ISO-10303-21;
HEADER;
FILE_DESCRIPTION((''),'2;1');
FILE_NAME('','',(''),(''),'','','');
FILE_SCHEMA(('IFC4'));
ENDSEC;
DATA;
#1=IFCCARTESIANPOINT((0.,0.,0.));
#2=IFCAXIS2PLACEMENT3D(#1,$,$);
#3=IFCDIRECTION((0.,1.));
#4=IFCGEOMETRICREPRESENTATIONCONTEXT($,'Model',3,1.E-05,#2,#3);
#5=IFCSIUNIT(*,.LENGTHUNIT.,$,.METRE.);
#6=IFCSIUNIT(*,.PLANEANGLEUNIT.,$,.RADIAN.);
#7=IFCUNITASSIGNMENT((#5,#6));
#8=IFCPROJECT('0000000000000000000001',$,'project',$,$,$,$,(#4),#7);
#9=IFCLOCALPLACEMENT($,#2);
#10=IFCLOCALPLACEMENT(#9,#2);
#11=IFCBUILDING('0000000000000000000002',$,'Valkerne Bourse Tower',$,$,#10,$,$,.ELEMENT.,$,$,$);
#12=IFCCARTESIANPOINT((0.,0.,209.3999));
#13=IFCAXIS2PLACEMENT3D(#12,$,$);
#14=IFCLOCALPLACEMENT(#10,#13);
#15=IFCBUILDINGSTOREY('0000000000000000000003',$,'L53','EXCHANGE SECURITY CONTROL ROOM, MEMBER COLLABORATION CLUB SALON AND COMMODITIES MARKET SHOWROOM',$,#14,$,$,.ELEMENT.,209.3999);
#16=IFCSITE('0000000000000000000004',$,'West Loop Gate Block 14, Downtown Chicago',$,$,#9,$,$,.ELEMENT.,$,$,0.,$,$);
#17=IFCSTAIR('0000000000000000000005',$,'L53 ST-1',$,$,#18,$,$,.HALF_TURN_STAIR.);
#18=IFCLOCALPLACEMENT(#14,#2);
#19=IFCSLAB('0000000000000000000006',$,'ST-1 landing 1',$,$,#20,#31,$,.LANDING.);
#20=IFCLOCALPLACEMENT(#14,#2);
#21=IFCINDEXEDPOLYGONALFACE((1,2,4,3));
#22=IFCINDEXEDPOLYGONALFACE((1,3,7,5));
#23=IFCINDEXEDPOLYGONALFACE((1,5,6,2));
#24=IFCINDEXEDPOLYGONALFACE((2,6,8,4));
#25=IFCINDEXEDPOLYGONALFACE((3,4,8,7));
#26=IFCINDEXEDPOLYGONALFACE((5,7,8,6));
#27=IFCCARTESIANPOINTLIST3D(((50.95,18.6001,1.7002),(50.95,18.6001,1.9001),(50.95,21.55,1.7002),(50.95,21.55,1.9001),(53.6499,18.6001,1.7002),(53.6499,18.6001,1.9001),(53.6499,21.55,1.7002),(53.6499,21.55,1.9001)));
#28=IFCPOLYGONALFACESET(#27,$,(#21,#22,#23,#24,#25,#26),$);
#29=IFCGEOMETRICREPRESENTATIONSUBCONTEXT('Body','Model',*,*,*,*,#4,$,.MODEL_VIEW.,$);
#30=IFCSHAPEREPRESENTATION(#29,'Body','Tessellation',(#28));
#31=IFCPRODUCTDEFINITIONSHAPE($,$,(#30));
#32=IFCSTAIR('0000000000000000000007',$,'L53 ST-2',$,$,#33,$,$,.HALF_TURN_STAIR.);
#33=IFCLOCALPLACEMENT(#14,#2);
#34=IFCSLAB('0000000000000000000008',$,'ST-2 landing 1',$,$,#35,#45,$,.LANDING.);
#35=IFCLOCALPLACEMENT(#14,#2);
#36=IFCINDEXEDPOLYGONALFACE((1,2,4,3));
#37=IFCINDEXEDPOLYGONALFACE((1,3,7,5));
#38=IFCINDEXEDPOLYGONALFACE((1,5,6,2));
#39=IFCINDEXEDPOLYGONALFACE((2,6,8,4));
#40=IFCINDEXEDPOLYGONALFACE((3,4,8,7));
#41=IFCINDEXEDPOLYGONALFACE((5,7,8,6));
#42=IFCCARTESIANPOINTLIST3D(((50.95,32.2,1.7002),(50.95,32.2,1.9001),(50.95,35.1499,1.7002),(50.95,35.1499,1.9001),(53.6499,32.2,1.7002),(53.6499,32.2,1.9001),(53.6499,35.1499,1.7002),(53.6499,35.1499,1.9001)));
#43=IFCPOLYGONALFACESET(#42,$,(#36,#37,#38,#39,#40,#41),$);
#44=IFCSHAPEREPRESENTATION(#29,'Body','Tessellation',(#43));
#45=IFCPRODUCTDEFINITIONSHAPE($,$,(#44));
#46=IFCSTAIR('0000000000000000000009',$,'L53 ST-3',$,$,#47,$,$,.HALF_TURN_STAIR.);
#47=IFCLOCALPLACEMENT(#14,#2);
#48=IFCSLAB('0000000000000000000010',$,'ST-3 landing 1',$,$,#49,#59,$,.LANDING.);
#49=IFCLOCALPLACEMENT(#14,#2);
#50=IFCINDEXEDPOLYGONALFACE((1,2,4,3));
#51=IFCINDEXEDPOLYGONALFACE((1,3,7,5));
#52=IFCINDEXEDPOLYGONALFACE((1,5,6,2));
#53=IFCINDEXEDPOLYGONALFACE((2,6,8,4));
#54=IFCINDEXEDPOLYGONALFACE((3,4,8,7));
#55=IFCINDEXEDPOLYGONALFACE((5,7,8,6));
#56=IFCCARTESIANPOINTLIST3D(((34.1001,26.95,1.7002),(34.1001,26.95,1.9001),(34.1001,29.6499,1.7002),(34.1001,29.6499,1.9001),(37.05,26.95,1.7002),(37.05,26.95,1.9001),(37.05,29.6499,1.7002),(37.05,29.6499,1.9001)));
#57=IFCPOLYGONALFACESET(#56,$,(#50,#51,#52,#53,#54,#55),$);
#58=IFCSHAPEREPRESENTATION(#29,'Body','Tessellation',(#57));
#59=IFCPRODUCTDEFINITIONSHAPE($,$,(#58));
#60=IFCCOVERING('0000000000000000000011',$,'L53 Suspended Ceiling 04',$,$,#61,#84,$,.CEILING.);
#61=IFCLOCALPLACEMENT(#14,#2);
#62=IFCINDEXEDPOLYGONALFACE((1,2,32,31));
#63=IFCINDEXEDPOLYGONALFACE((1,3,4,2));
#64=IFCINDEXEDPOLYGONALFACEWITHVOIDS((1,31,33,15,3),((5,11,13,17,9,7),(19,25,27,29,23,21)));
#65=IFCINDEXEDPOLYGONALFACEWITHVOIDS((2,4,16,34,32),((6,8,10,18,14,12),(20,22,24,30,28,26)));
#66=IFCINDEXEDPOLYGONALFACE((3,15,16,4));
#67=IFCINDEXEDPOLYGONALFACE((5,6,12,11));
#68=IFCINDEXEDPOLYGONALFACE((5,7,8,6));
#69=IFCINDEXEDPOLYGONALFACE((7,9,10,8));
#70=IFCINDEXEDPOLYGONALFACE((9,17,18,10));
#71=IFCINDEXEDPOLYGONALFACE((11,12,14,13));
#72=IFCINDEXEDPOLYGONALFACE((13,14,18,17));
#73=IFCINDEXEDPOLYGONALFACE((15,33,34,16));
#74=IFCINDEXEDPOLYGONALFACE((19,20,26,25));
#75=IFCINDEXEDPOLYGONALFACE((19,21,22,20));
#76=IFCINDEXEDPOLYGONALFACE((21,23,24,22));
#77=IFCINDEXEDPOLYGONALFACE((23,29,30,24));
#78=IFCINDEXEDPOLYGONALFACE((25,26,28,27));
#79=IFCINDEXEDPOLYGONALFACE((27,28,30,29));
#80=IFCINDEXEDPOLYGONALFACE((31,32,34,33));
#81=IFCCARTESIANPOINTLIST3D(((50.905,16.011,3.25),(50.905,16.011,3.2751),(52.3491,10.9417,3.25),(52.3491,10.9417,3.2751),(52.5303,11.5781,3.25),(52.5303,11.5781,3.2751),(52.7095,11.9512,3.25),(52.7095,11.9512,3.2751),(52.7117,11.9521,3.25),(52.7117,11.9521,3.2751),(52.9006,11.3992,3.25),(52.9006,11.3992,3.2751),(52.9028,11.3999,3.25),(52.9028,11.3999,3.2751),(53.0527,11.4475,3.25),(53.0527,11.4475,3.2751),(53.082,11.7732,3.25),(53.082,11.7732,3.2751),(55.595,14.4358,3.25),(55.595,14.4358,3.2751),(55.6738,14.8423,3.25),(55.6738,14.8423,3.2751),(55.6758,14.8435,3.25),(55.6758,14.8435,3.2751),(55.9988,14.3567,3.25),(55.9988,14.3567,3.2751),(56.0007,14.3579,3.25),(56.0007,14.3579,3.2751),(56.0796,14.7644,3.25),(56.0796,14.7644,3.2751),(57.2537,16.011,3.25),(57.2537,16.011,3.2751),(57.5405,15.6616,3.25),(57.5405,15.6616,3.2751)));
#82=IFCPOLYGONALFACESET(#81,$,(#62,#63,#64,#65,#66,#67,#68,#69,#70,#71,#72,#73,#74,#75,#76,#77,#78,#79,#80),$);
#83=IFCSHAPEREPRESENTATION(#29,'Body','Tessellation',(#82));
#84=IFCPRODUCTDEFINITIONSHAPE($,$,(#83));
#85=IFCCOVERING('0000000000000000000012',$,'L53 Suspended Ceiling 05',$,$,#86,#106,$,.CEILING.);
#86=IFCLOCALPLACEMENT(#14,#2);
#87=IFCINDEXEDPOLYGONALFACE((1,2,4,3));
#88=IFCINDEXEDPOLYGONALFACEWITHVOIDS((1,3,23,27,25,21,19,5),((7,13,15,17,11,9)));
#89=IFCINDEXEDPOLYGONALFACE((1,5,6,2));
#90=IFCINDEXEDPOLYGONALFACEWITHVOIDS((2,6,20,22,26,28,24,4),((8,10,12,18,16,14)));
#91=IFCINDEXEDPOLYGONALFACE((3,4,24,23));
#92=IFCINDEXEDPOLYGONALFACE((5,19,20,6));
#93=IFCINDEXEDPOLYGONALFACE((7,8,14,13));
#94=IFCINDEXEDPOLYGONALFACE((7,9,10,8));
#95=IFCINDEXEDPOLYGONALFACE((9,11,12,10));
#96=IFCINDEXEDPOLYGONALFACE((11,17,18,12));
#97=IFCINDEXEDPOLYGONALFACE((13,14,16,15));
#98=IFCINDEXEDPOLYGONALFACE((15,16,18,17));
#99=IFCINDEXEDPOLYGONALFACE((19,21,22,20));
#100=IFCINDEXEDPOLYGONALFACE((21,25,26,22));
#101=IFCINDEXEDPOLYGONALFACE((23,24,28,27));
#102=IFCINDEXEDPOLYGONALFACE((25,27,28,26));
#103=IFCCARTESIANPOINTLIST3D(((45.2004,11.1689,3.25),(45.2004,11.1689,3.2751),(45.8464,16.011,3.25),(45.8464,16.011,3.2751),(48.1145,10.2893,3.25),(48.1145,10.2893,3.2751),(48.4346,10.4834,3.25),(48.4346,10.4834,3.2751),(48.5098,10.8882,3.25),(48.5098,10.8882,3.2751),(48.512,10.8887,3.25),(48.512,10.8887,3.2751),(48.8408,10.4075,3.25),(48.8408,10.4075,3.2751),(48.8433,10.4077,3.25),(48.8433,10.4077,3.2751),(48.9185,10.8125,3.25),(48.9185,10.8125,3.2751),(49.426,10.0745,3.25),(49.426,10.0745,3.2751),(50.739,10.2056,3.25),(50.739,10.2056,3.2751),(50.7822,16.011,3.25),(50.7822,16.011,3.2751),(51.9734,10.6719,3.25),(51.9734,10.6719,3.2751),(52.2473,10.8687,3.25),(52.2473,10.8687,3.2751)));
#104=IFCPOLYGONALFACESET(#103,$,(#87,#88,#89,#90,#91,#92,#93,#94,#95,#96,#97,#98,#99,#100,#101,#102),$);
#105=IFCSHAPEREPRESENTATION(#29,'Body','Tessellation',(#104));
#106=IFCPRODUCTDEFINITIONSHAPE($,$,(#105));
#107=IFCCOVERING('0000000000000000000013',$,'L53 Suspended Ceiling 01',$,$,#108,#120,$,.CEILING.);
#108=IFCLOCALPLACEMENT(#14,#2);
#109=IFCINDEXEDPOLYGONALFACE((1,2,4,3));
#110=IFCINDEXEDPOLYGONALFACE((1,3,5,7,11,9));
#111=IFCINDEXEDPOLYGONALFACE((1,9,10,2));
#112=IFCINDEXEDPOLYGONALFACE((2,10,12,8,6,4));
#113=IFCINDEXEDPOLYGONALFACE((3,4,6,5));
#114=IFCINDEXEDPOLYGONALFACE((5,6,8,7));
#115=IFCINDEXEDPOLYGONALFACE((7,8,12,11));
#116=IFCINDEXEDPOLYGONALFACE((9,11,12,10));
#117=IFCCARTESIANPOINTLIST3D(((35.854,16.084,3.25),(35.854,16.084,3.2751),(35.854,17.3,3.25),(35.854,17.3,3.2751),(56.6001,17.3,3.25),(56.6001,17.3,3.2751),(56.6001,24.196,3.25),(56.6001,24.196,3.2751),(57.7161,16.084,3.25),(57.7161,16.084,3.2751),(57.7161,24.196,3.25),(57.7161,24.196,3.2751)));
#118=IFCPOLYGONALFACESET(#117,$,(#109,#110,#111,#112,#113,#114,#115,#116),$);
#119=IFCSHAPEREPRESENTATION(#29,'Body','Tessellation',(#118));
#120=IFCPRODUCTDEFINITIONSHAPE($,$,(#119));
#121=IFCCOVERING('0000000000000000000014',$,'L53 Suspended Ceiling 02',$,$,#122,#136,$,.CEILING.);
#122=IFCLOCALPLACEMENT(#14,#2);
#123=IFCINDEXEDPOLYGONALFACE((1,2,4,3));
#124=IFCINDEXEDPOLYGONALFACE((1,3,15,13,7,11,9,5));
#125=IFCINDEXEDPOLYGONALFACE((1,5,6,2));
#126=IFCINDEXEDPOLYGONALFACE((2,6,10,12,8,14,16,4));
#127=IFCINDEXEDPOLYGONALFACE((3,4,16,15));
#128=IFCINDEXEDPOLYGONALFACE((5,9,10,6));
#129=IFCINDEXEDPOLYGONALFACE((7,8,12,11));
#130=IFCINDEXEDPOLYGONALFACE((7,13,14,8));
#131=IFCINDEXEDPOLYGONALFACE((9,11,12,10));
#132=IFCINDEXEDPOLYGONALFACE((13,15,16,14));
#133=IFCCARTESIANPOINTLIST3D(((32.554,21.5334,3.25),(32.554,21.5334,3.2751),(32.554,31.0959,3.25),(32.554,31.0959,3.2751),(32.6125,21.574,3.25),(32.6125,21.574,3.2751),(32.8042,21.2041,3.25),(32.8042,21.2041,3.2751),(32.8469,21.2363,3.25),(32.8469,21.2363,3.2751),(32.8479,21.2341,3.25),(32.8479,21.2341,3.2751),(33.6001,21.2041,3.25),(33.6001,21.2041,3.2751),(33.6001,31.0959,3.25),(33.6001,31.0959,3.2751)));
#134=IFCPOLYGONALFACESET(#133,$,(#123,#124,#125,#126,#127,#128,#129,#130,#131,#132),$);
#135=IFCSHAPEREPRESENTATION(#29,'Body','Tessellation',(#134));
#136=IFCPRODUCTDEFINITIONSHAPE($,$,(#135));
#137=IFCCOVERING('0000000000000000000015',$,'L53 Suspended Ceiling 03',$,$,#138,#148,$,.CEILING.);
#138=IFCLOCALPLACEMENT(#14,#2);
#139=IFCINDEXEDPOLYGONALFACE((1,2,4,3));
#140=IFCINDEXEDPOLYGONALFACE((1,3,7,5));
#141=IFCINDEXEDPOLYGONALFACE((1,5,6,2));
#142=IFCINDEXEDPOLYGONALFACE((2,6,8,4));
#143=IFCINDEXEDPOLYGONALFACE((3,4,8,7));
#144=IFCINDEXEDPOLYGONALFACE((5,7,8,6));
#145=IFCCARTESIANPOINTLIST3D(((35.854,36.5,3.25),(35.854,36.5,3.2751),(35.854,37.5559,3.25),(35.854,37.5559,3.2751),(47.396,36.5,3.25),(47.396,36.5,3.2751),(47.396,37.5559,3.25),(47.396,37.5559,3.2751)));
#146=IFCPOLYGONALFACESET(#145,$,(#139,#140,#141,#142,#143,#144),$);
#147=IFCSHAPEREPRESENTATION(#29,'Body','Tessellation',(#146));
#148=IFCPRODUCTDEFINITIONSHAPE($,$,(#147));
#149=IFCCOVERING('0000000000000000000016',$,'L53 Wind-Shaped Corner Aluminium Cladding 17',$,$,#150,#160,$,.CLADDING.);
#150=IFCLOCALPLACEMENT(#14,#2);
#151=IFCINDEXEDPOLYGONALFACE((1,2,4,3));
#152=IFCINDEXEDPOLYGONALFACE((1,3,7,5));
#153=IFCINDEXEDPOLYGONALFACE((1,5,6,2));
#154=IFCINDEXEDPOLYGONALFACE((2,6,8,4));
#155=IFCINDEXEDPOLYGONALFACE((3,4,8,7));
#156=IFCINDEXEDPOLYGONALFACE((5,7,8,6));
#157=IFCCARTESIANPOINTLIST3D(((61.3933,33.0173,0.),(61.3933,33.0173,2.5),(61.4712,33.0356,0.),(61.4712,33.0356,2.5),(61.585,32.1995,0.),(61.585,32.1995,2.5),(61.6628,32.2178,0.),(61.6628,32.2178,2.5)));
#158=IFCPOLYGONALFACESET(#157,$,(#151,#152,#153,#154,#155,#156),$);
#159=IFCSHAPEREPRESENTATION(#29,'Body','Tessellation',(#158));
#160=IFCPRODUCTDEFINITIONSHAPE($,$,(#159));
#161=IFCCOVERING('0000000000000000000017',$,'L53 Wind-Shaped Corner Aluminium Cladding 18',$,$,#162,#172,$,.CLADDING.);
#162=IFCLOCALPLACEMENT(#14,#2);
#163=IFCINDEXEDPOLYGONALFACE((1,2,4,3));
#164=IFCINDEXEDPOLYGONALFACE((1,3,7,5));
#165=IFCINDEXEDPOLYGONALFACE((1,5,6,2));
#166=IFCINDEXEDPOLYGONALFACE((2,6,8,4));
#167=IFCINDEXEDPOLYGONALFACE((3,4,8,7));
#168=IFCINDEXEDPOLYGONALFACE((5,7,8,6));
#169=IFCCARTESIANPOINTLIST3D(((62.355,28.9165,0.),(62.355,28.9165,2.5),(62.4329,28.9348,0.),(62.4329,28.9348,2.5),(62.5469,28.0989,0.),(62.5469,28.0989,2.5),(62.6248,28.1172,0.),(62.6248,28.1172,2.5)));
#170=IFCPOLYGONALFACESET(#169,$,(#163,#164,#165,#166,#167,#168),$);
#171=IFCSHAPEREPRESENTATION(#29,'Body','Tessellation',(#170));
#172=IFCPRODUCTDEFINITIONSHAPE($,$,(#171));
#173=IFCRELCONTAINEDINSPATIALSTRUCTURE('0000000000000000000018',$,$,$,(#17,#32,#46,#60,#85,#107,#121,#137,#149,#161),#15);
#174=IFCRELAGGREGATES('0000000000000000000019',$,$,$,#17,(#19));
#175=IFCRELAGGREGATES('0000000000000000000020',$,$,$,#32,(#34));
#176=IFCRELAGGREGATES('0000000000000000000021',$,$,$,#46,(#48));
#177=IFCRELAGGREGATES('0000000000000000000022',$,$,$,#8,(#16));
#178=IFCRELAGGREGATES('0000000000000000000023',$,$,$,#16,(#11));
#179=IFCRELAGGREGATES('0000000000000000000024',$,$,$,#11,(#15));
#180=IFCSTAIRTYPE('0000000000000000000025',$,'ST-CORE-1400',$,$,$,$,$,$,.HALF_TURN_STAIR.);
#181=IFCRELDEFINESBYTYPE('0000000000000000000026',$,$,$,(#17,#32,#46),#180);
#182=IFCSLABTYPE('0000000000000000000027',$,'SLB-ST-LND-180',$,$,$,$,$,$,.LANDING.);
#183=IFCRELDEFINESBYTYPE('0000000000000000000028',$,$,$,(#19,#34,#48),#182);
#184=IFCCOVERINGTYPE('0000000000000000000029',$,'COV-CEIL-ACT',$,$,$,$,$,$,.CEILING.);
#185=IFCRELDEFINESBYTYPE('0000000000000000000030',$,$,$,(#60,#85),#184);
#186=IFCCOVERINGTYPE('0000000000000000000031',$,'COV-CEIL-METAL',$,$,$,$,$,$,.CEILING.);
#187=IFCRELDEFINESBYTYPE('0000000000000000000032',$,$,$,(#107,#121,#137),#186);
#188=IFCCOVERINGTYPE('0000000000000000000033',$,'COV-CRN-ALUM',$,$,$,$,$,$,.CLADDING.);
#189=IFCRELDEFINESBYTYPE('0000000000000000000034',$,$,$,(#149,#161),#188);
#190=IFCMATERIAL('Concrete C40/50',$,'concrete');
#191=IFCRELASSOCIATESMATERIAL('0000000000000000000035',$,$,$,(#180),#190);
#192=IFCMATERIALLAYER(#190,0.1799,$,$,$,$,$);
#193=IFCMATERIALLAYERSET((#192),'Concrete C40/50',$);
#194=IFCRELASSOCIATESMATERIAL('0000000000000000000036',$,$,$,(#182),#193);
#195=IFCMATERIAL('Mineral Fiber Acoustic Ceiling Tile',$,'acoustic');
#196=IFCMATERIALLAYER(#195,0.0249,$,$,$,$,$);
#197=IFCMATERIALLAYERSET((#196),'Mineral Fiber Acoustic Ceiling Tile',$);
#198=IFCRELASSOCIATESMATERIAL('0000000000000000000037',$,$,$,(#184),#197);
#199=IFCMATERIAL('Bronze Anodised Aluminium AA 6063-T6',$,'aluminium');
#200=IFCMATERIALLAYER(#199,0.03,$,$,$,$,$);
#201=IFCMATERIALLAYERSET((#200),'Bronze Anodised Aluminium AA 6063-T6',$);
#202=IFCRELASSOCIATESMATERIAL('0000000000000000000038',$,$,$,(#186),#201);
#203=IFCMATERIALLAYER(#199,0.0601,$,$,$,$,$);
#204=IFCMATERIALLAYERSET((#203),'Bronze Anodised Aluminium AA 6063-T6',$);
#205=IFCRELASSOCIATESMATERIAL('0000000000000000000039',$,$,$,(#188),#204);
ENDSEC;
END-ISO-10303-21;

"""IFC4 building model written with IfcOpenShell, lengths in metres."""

from ifc_helpers import new_model, si_unit, direction, frame, origin, place, context, subcontext, project, spatial, polyline, outline, extrude, material, layer, layer_set, type_object, element, aggregate, save


model = new_model("IFC4")

# Units and contexts
model_context = context("Model", 3, precision=1e-05, world=origin(), true_north=direction((0.0, 1.0)))
body_context = subcontext(model_context, "Body", "Model", "MODEL_VIEW")
ifc_project = project(units=[si_unit("LENGTHUNIT", "METRE"), si_unit("PLANEANGLEUNIT", "RADIAN")], contexts=[model_context])

# Site, building, storey
site_placement = place(None, origin())
site = spatial("IfcSite", under=ifc_project, at=site_placement, Name="West Loop Gate Block 14, Downtown Chicago", CompositionType="ELEMENT", RefElevation=0.0)
building_placement = place(site_placement, origin())
building = spatial("IfcBuilding", under=site, at=building_placement, Name="Valkerne Bourse Tower", CompositionType="ELEMENT")
storey_placement = place(building_placement, frame((0.0, 0.0, 209.3999)))
storey = spatial("IfcBuildingStorey", under=building, at=storey_placement, Name="L53", Description="EXCHANGE SECURITY CONTROL ROOM, MEMBER COLLABORATION CLUB SALON AND COMMODITIES MARKET SHOWROOM", CompositionType="ELEMENT", Elevation=209.3999)

# Stairs, slabs
ifc_material_1 = material(Name="Concrete C40/50", Category="concrete")
stair_type = type_object("IfcStairType", Name="ST-CORE-1400", PredefinedType="HALF_TURN_STAIR", material=ifc_material_1)
stair_1_placement = place(storey_placement, origin())
stair_1 = element("IfcStair", 1, at=stair_1_placement, inside=storey, type_object=stair_type, Name="L53 ST-1", PredefinedType="HALF_TURN_STAIR")
ifc_layer_1 = layer(ifc_material_1, 0.1799)
ifc_layer_set_1 = layer_set([ifc_layer_1], Name="Concrete C40/50")
slab_type = type_object("IfcSlabType", Name="SLB-ST-LND-180", PredefinedType="LANDING", material=ifc_layer_set_1)
slab_1_placement = place(storey_placement, frame((0.0, 0.0, 1.7002)))
slab_1 = element("IfcSlab", 2, at=slab_1_placement, type_object=slab_type, Name="ST-1 landing 1", PredefinedType="LANDING", context=body_context, shape_type="SweptSolid", body=[
    extrude(outline(polyline([(50.95, 18.6001), (53.6499, 18.6001), (53.6499, 21.55), (50.95, 21.55), (50.95, 18.6001)])), origin(), (0.0, 0.0, 1.0), 0.2),
])
aggregate(stair_1, [slab_1])
stair_2_placement = place(storey_placement, origin())
stair_2 = element("IfcStair", 3, at=stair_2_placement, inside=storey, type_object=stair_type, Name="L53 ST-2", PredefinedType="HALF_TURN_STAIR")
slab_2_placement = place(storey_placement, frame((0.0, 0.0, 1.7002)))
slab_2 = element("IfcSlab", 4, at=slab_2_placement, type_object=slab_type, Name="ST-2 landing 1", PredefinedType="LANDING", context=body_context, shape_type="SweptSolid", body=[
    extrude(outline(polyline([(50.95, 32.2), (53.6499, 32.2), (53.6499, 35.1499), (50.95, 35.1499), (50.95, 32.2)])), origin(), (0.0, 0.0, 1.0), 0.2),
])
aggregate(stair_2, [slab_2])
stair_3_placement = place(storey_placement, origin())
stair_3 = element("IfcStair", 5, at=stair_3_placement, inside=storey, type_object=stair_type, Name="L53 ST-3", PredefinedType="HALF_TURN_STAIR")
slab_3_placement = place(storey_placement, frame((0.0, 0.0, 1.7002)))
slab_3 = element("IfcSlab", 6, at=slab_3_placement, type_object=slab_type, Name="ST-3 landing 1", PredefinedType="LANDING", context=body_context, shape_type="SweptSolid", body=[
    extrude(outline(polyline([(37.05, 26.95), (37.05, 29.6499), (34.1001, 29.6499), (34.1001, 26.95), (37.05, 26.95)])), origin(), (0.0, 0.0, 1.0), 0.2),
])
aggregate(stair_3, [slab_3])

# Coverings
ifc_material_2 = material(Name="Mineral Fiber Acoustic Ceiling Tile", Category="acoustic")
ifc_layer_2 = layer(ifc_material_2, 0.0249)
ifc_layer_set_2 = layer_set([ifc_layer_2], Name="Mineral Fiber Acoustic Ceiling Tile")
covering_type_1 = type_object("IfcCoveringType", Name="COV-CEIL-ACT", PredefinedType="CEILING", material=ifc_layer_set_2)
covering_1_placement = place(storey_placement, frame((0.0, 0.0, 3.25)))
element("IfcCovering", 7, at=covering_1_placement, inside=storey, type_object=covering_type_1, Name="L53 Suspended Ceiling 04", PredefinedType="CEILING", context=body_context, shape_type="SweptSolid", body=[
    extrude(outline(polyline([(50.905, 16.011), (57.2537, 16.011), (57.5405, 15.6616), (53.0527, 11.4475), (52.3491, 10.9417), (50.905, 16.011)]), holes=[polyline([(53.082, 11.7732), (52.7117, 11.9521), (52.7095, 11.9512), (52.5303, 11.5781), (52.9006, 11.3992), (52.9028, 11.3999), (53.082, 11.7732)]), polyline([(56.0796, 14.7644), (55.6758, 14.8435), (55.6738, 14.8423), (55.595, 14.4358), (55.9988, 14.3567), (56.0007, 14.3579), (56.0796, 14.7644)])]), origin(), (0.0, 0.0, 1.0), 0.0251),
])
covering_2_placement = place(storey_placement, frame((0.0, 0.0, 3.25)))
element("IfcCovering", 8, at=covering_2_placement, inside=storey, type_object=covering_type_1, Name="L53 Suspended Ceiling 05", PredefinedType="CEILING", context=body_context, shape_type="SweptSolid", body=[
    extrude(outline(polyline([(49.426, 10.0745), (48.1145, 10.2893), (45.2004, 11.1689), (45.8464, 16.011), (50.7822, 16.011), (52.2473, 10.8687), (51.9734, 10.6719), (50.739, 10.2056), (49.426, 10.0745)]), holes=[polyline([(48.9185, 10.8125), (48.512, 10.8887), (48.5098, 10.8882), (48.4346, 10.4834), (48.8408, 10.4075), (48.8433, 10.4077), (48.9185, 10.8125)])]), origin(), (0.0, 0.0, 1.0), 0.0251),
])
ifc_material_3 = material(Name="Bronze Anodised Aluminium AA 6063-T6", Category="aluminium")
ifc_layer_3 = layer(ifc_material_3, 0.03)
ifc_layer_set_3 = layer_set([ifc_layer_3], Name="Bronze Anodised Aluminium AA 6063-T6")
covering_type_2 = type_object("IfcCoveringType", Name="COV-CEIL-METAL", PredefinedType="CEILING", material=ifc_layer_set_3)
covering_3_placement = place(storey_placement, frame((0.0, 0.0, 3.25)))
element("IfcCovering", 9, at=covering_3_placement, inside=storey, type_object=covering_type_2, Name="L53 Suspended Ceiling 01", PredefinedType="CEILING", context=body_context, shape_type="SweptSolid", body=[
    extrude(outline(polyline([(35.854, 17.3), (56.6001, 17.3), (56.6001, 24.196), (57.7161, 24.196), (57.7161, 16.084), (35.854, 16.084), (35.854, 17.3)])), origin(), (0.0, 0.0, 1.0), 0.0251),
])
covering_4_placement = place(storey_placement, frame((0.0, 0.0, 3.25)))
element("IfcCovering", 10, at=covering_4_placement, inside=storey, type_object=covering_type_2, Name="L53 Suspended Ceiling 02", PredefinedType="CEILING", context=body_context, shape_type="SweptSolid", body=[
    extrude(outline(polyline([(32.8042, 21.2041), (32.8479, 21.2341), (32.8469, 21.2363), (32.6125, 21.574), (32.554, 21.5334), (32.554, 31.0959), (33.6001, 31.0959), (33.6001, 21.2041), (32.8042, 21.2041)])), origin(), (0.0, 0.0, 1.0), 0.0251),
])
covering_5_placement = place(storey_placement, frame((0.0, 0.0, 3.25)))
element("IfcCovering", 11, at=covering_5_placement, inside=storey, type_object=covering_type_2, Name="L53 Suspended Ceiling 03", PredefinedType="CEILING", context=body_context, shape_type="SweptSolid", body=[
    extrude(outline(polyline([(35.854, 37.5559), (47.396, 37.5559), (47.396, 36.5), (35.854, 36.5), (35.854, 37.5559)])), origin(), (0.0, 0.0, 1.0), 0.0251),
])
ifc_layer_4 = layer(ifc_material_3, 0.0601)
ifc_layer_set_4 = layer_set([ifc_layer_4], Name="Bronze Anodised Aluminium AA 6063-T6")
covering_type_3 = type_object("IfcCoveringType", Name="COV-CRN-ALUM", PredefinedType="CLADDING", material=ifc_layer_set_4)
covering_6_placement = place(storey_placement, origin())
element("IfcCovering", 12, at=covering_6_placement, inside=storey, type_object=covering_type_3, Name="L53 Wind-Shaped Corner Aluminium Cladding 17", PredefinedType="CLADDING", context=body_context, shape_type="SweptSolid", body=[
    extrude(outline(polyline([(61.6628, 32.2178), (61.585, 32.1995), (61.3933, 33.0173), (61.4712, 33.0356), (61.6628, 32.2178)])), origin(), (0.0, 0.0, 1.0), 2.5),
])
covering_7_placement = place(storey_placement, origin())
element("IfcCovering", 13, at=covering_7_placement, inside=storey, type_object=covering_type_3, Name="L53 Wind-Shaped Corner Aluminium Cladding 18", PredefinedType="CLADDING", context=body_context, shape_type="SweptSolid", body=[
    extrude(outline(polyline([(62.6248, 28.1172), (62.5469, 28.0989), (62.355, 28.9165), (62.4329, 28.9348), (62.6248, 28.1172)])), origin(), (0.0, 0.0, 1.0), 2.5),
])

save(model, "model.ifc")
